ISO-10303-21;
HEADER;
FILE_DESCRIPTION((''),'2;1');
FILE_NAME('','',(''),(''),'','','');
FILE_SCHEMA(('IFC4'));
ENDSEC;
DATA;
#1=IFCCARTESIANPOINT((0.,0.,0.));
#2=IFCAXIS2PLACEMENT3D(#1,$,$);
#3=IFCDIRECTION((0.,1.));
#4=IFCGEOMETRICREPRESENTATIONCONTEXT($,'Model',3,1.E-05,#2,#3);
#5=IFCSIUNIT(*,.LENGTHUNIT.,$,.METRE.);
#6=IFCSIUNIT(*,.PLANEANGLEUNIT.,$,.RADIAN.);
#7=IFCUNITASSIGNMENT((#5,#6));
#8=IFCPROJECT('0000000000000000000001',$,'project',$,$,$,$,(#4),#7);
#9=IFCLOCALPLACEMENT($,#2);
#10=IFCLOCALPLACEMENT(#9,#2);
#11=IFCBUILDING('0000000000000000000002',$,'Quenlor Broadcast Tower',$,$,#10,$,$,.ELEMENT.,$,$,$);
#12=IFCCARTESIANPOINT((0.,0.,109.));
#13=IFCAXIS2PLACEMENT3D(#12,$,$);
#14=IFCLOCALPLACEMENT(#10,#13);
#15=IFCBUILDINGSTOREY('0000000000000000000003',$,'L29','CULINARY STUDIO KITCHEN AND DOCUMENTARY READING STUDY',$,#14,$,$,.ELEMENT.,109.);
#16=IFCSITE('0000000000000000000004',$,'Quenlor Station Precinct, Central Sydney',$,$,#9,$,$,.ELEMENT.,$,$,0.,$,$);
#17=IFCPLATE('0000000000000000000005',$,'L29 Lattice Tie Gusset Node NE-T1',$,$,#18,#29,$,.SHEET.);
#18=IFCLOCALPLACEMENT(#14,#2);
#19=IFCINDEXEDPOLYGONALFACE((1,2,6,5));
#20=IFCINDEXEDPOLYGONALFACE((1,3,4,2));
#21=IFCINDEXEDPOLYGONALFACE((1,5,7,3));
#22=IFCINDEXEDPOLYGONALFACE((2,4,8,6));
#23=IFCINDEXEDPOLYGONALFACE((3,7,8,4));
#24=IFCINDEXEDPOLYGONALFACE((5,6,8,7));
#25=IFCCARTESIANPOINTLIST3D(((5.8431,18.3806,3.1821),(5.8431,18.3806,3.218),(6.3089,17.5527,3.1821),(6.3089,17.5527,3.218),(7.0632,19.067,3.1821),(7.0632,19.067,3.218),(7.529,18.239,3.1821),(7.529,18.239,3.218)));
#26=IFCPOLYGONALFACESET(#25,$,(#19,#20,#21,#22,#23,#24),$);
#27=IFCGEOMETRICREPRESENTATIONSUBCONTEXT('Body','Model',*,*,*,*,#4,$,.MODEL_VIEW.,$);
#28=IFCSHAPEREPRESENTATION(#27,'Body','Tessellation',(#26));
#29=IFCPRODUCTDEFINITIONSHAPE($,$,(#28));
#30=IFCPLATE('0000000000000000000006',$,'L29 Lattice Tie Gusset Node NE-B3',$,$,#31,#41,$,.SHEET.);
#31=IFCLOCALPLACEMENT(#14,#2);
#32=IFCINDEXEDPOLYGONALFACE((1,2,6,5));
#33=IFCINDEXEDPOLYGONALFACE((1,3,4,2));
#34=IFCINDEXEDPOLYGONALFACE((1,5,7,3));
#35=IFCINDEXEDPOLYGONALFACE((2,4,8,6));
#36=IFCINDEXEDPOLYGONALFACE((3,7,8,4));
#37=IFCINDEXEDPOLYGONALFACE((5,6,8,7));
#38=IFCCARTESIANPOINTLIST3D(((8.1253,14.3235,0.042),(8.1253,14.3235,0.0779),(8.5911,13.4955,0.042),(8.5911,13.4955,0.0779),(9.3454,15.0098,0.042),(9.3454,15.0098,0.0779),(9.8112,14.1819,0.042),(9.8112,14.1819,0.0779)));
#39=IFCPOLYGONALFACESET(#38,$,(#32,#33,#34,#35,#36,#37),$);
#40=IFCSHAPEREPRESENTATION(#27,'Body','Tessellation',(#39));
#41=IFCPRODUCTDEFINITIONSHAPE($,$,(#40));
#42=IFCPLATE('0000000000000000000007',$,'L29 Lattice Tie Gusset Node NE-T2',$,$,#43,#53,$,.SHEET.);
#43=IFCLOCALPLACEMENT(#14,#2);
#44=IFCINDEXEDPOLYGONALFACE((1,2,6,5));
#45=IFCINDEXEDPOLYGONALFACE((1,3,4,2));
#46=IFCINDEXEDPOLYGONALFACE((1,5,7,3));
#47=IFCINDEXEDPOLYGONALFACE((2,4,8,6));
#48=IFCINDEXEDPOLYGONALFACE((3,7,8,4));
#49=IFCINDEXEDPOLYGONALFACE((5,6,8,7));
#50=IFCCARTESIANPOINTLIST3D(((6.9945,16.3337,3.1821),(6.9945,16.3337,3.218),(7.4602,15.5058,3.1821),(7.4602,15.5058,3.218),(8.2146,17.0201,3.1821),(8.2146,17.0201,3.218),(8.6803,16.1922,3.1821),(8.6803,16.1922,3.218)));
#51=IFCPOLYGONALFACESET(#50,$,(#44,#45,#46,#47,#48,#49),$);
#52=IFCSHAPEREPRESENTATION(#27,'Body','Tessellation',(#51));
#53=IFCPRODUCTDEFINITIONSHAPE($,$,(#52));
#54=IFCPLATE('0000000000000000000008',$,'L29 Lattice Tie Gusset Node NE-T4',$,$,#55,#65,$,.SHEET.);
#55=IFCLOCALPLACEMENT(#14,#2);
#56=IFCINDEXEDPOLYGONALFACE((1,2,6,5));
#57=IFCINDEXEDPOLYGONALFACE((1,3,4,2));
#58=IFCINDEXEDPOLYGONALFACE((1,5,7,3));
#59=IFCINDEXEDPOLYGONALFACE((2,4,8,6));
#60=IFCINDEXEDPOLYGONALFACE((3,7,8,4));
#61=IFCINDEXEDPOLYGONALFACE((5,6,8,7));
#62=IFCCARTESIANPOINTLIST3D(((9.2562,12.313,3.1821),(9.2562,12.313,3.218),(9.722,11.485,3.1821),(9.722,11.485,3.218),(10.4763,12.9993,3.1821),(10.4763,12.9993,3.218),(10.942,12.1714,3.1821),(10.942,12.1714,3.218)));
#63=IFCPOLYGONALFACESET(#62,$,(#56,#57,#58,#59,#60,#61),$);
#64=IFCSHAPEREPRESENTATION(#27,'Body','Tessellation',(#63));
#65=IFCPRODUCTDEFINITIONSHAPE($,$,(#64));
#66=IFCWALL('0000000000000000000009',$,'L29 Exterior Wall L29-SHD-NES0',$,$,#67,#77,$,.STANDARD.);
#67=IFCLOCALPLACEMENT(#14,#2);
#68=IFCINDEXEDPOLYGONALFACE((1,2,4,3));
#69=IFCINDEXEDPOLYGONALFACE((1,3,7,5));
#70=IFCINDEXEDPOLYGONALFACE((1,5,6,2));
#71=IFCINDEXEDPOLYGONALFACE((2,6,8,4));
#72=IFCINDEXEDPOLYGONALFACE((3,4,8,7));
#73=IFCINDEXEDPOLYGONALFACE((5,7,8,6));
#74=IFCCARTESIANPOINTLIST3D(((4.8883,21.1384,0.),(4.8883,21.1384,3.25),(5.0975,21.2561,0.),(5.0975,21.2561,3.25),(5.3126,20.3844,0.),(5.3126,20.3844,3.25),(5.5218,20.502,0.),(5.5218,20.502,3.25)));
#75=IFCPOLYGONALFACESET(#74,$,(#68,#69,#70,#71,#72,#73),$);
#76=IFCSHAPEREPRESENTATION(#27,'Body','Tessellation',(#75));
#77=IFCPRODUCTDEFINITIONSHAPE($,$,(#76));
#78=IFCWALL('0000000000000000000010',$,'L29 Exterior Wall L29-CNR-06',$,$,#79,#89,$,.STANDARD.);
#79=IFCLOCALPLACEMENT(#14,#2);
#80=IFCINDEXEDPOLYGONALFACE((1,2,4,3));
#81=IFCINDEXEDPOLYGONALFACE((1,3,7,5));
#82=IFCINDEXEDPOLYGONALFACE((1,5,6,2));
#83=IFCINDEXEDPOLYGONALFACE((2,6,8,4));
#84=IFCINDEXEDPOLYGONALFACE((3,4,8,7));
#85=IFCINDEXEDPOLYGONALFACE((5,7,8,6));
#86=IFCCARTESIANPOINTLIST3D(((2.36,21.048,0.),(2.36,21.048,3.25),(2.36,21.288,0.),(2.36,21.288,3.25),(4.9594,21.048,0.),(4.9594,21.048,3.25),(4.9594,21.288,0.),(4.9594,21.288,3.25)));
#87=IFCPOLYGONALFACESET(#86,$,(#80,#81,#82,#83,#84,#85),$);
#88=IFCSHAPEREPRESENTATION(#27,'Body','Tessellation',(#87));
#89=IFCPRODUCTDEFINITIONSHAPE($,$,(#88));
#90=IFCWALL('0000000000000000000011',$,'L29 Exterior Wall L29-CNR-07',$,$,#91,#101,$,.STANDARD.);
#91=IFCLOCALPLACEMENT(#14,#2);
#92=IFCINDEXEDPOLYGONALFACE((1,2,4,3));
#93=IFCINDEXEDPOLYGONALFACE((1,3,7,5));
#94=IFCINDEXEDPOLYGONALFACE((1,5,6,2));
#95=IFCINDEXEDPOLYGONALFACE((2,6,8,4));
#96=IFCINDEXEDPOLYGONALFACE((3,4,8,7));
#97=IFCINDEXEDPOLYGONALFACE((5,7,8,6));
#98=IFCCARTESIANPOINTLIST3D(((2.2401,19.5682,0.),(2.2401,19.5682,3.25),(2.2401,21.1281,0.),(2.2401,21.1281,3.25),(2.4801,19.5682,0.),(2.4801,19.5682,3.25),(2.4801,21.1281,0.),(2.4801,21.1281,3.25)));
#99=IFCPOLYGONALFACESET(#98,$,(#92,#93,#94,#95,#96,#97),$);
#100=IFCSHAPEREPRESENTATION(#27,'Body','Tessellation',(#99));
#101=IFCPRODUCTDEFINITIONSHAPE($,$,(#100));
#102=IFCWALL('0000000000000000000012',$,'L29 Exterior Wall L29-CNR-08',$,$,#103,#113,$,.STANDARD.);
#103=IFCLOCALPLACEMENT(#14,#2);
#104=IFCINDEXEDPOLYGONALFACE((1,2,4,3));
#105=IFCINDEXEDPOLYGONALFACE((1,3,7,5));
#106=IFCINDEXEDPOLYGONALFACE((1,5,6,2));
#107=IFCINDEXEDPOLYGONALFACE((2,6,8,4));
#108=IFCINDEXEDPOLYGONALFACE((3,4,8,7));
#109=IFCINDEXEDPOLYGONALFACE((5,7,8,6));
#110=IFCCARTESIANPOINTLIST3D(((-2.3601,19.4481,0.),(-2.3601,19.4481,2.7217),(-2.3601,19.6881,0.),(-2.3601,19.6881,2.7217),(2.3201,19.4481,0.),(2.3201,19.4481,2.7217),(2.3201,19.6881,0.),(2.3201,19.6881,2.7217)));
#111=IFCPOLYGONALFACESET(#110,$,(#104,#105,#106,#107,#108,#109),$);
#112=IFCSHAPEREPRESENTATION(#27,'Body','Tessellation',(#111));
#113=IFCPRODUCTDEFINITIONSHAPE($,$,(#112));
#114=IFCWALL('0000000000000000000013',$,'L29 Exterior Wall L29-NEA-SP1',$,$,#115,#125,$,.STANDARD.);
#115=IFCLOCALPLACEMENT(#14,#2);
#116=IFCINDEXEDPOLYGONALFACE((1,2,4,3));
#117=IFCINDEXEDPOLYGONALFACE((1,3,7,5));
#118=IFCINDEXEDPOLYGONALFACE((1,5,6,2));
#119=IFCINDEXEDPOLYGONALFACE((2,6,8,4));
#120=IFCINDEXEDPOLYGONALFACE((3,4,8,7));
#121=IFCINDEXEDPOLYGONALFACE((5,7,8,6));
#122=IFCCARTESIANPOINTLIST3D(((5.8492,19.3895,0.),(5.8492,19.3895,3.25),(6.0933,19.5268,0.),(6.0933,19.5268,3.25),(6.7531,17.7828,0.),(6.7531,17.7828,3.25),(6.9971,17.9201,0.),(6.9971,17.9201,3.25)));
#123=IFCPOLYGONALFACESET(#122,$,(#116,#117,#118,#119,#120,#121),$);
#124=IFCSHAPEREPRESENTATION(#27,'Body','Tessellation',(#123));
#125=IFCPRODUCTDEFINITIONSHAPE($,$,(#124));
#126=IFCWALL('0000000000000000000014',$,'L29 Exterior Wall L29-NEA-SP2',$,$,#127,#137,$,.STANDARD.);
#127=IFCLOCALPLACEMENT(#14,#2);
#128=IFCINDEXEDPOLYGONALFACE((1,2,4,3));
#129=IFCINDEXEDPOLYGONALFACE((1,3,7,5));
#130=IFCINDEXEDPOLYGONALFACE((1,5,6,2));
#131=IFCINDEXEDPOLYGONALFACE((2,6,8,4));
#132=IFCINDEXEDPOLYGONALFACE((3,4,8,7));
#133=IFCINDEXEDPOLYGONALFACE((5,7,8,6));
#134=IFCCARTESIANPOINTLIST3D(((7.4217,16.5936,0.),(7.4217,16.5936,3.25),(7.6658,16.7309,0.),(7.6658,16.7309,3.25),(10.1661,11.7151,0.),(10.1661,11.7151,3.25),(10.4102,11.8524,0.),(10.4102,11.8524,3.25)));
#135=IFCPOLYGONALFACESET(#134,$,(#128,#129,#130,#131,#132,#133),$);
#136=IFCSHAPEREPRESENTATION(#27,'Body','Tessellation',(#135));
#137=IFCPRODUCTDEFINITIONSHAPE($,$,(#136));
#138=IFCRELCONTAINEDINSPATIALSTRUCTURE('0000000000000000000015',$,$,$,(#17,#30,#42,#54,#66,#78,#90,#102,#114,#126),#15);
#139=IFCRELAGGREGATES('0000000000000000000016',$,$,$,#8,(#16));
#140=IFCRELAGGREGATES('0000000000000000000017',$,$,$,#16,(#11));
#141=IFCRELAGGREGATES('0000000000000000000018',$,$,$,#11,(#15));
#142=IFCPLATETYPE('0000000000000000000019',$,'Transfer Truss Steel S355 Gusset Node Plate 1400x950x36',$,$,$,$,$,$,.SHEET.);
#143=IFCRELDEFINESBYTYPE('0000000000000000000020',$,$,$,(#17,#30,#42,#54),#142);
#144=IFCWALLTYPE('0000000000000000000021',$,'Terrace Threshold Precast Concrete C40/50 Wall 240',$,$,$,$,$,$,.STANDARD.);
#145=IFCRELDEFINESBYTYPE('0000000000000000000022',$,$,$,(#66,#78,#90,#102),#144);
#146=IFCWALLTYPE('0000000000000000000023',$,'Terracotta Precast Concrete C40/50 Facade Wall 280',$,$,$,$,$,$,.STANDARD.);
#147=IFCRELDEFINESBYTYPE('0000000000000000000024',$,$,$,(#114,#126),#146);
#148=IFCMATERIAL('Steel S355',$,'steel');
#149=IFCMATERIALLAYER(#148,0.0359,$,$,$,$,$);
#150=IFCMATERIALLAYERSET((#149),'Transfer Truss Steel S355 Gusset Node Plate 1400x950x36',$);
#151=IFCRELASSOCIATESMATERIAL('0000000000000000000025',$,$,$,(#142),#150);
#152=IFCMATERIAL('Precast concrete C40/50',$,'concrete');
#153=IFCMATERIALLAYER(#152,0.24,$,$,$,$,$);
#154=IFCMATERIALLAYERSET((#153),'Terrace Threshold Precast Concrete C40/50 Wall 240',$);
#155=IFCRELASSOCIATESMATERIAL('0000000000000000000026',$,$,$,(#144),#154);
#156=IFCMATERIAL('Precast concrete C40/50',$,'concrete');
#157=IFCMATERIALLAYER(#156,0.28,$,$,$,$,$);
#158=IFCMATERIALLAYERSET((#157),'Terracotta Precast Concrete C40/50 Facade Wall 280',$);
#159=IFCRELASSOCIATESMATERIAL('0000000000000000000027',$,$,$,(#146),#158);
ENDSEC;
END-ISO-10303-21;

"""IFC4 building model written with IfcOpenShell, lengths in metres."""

from ifc_helpers import new_model, si_unit, direction, frame, frame_2d, origin, origin_2d, place, context, subcontext, project, spatial, rectangle, extrude, material, layer, layer_set, type_object, element, save


model = new_model("IFC4")

# Units and contexts
model_context = context("Model", 3, precision=1e-05, world=origin(), true_north=direction((0.0, 1.0)))
body_context = subcontext(model_context, "Body", "Model", "MODEL_VIEW")
ifc_project = project(units=[si_unit("LENGTHUNIT", "METRE"), si_unit("PLANEANGLEUNIT", "RADIAN")], contexts=[model_context])

# Site, building, storey
site_placement = place(None, origin())
site = spatial("IfcSite", under=ifc_project, at=site_placement, Name="Quenlor Station Precinct, Central Sydney", CompositionType="ELEMENT", RefElevation=0.0)
building_placement = place(site_placement, origin())
building = spatial("IfcBuilding", under=site, at=building_placement, Name="Quenlor Broadcast Tower", CompositionType="ELEMENT")
storey_placement = place(building_placement, frame((0.0, 0.0, 109.0)))
storey = spatial("IfcBuildingStorey", under=building, at=storey_placement, Name="L29", Description="CULINARY STUDIO KITCHEN AND DOCUMENTARY READING STUDY", CompositionType="ELEMENT", Elevation=109.0)

# Plates
ifc_material_1 = material(Name="Steel S355", Category="steel")
ifc_layer_1 = layer(ifc_material_1, 0.0359)
ifc_layer_set_1 = layer_set([ifc_layer_1], Name="Transfer Truss Steel S355 Gusset Node Plate 1400x950x36")
plate_type_1 = type_object("IfcPlateType", Name="Transfer Truss Steel S355 Gusset Node Plate 1400x950x36", PredefinedType="SHEET", material=ifc_layer_set_1)
for number, where, z_axis, x_axis, name in (
    (1, (6.686, 18.3098, 3.1821), (0.0, 0.0, 1.0), (0.871556, 0.490295, 0.0), "L29 Lattice Tie Gusset Node NE-T1"),
    (2, (8.9683, 14.2527, 0.042), (0.0, 0.0, 1.0), (0.871556, 0.490295, 0.0), "L29 Lattice Tie Gusset Node NE-B3"),
    (3, (7.8374, 16.2629, 3.1821), (0.0, 0.0, 1.0), (0.871556, 0.490295, 0.0), "L29 Lattice Tie Gusset Node NE-T2"),
    (4, (10.0991, 12.2422, 3.1821), (0.0, 0.0, 1.0), (0.871556, 0.490295, 0.0), "L29 Lattice Tie Gusset Node NE-T4"),
):
    element("IfcPlate", number, at=place(storey_placement, frame(where, z_axis=z_axis, x_axis=x_axis)), inside=storey, type_object=plate_type_1, Name=name, PredefinedType="SHEET", context=body_context, shape_type="SweptSolid", body=[
        extrude(rectangle(XDim=1.3999, YDim=0.95, at=origin_2d()), origin(), (0.0, 0.0, 1.0), 0.0359),
    ])

# Walls
ifc_material_2 = material(Name="Precast concrete C40/50", Category="concrete")
ifc_layer_2 = layer(ifc_material_2, 0.24)
ifc_layer_set_2 = layer_set([ifc_layer_2], Name="Terrace Threshold Precast Concrete C40/50 Wall 240")
wall_type_1 = type_object("IfcWallType", Name="Terrace Threshold Precast Concrete C40/50 Wall 240", PredefinedType="STANDARD", material=ifc_layer_set_2)
wall_1_placement = place(storey_placement, frame((4.9929, 21.1973, 0.0), z_axis=(0.0, 0.0, 1.0), x_axis=(0.490355, -0.871523, 0.0)))
element("IfcWall", 5, at=wall_1_placement, inside=storey, type_object=wall_type_1, Name="L29 Exterior Wall L29-SHD-NES0", PredefinedType="STANDARD", context=body_context, shape_type="SweptSolid", body=[
    extrude(rectangle(XDim=0.8652, YDim=0.24, at=frame_2d((0.4326, 0.0))), origin(), (0.0, 0.0, 1.0), 3.25),
])
wall_2_placement = place(storey_placement, frame((4.9595, 21.168, 0.0), z_axis=(0.0, 0.0, 1.0), x_axis=(-1.0, 0.0, 0.0)))
element("IfcWall", 6, at=wall_2_placement, inside=storey, type_object=wall_type_1, Name="L29 Exterior Wall L29-CNR-06", PredefinedType="STANDARD", context=body_context, shape_type="SweptSolid", body=[
    extrude(rectangle(XDim=2.5994, YDim=0.24, at=frame_2d((1.2998, 0.0))), origin(), (0.0, 0.0, 1.0), 3.25),
])
wall_3_placement = place(storey_placement, frame((2.3601, 21.1279, 0.0), z_axis=(0.0, 0.0, 1.0), x_axis=(0.0, -1.0, 0.0)))
element("IfcWall", 7, at=wall_3_placement, inside=storey, type_object=wall_type_1, Name="L29 Exterior Wall L29-CNR-07", PredefinedType="STANDARD", context=body_context, shape_type="SweptSolid", body=[
    extrude(rectangle(XDim=1.5598, YDim=0.24, at=frame_2d((0.7798, 0.0))), origin(), (0.0, 0.0, 1.0), 3.25),
])
wall_4_placement = place(storey_placement, frame((2.3201, 19.5681, 0.0), z_axis=(0.0, 0.0, 1.0), x_axis=(-1.0, 0.0, 0.0)))
element("IfcWall", 8, at=wall_4_placement, inside=storey, type_object=wall_type_1, Name="L29 Exterior Wall L29-CNR-08", PredefinedType="STANDARD", context=body_context, shape_type="SweptSolid", body=[
    extrude(rectangle(XDim=4.6802, YDim=0.24, at=frame_2d((2.3401, 0.0))), origin(), (0.0, 0.0, 1.0), 2.7217),
])
ifc_material_3 = material(Name="Precast concrete C40/50", Category="concrete")
ifc_layer_3 = layer(ifc_material_3, 0.28)
ifc_layer_set_3 = layer_set([ifc_layer_3], Name="Terracotta Precast Concrete C40/50 Facade Wall 280")
wall_type_2 = type_object("IfcWallType", Name="Terracotta Precast Concrete C40/50 Facade Wall 280", PredefinedType="STANDARD", material=ifc_layer_set_3)
wall_5_placement = place(storey_placement, frame((5.9712, 19.4583, 0.0), z_axis=(0.0, 0.0, 1.0), x_axis=(0.49028, -0.871565, 0.0)))
element("IfcWall", 9, at=wall_5_placement, inside=storey, type_object=wall_type_2, Name="L29 Exterior Wall L29-NEA-SP1", PredefinedType="STANDARD", context=body_context, shape_type="SweptSolid", body=[
    extrude(rectangle(XDim=1.8435, YDim=0.28, at=frame_2d((0.9219, 0.0))), origin(), (0.0, 0.0, 1.0), 3.25),
])
wall_6_placement = place(storey_placement, frame((7.5437, 16.6624, 0.0), z_axis=(0.0, 0.0, 1.0), x_axis=(0.490299, -0.871555, 0.0)))
element("IfcWall", 10, at=wall_6_placement, inside=storey, type_object=wall_type_2, Name="L29 Exterior Wall L29-NEA-SP2", PredefinedType="STANDARD", context=body_context, shape_type="SweptSolid", body=[
    extrude(rectangle(XDim=5.5974, YDim=0.28, at=frame_2d((2.7988, 0.0))), origin(), (0.0, 0.0, 1.0), 3.25),
])

save(model, "model.ifc")
